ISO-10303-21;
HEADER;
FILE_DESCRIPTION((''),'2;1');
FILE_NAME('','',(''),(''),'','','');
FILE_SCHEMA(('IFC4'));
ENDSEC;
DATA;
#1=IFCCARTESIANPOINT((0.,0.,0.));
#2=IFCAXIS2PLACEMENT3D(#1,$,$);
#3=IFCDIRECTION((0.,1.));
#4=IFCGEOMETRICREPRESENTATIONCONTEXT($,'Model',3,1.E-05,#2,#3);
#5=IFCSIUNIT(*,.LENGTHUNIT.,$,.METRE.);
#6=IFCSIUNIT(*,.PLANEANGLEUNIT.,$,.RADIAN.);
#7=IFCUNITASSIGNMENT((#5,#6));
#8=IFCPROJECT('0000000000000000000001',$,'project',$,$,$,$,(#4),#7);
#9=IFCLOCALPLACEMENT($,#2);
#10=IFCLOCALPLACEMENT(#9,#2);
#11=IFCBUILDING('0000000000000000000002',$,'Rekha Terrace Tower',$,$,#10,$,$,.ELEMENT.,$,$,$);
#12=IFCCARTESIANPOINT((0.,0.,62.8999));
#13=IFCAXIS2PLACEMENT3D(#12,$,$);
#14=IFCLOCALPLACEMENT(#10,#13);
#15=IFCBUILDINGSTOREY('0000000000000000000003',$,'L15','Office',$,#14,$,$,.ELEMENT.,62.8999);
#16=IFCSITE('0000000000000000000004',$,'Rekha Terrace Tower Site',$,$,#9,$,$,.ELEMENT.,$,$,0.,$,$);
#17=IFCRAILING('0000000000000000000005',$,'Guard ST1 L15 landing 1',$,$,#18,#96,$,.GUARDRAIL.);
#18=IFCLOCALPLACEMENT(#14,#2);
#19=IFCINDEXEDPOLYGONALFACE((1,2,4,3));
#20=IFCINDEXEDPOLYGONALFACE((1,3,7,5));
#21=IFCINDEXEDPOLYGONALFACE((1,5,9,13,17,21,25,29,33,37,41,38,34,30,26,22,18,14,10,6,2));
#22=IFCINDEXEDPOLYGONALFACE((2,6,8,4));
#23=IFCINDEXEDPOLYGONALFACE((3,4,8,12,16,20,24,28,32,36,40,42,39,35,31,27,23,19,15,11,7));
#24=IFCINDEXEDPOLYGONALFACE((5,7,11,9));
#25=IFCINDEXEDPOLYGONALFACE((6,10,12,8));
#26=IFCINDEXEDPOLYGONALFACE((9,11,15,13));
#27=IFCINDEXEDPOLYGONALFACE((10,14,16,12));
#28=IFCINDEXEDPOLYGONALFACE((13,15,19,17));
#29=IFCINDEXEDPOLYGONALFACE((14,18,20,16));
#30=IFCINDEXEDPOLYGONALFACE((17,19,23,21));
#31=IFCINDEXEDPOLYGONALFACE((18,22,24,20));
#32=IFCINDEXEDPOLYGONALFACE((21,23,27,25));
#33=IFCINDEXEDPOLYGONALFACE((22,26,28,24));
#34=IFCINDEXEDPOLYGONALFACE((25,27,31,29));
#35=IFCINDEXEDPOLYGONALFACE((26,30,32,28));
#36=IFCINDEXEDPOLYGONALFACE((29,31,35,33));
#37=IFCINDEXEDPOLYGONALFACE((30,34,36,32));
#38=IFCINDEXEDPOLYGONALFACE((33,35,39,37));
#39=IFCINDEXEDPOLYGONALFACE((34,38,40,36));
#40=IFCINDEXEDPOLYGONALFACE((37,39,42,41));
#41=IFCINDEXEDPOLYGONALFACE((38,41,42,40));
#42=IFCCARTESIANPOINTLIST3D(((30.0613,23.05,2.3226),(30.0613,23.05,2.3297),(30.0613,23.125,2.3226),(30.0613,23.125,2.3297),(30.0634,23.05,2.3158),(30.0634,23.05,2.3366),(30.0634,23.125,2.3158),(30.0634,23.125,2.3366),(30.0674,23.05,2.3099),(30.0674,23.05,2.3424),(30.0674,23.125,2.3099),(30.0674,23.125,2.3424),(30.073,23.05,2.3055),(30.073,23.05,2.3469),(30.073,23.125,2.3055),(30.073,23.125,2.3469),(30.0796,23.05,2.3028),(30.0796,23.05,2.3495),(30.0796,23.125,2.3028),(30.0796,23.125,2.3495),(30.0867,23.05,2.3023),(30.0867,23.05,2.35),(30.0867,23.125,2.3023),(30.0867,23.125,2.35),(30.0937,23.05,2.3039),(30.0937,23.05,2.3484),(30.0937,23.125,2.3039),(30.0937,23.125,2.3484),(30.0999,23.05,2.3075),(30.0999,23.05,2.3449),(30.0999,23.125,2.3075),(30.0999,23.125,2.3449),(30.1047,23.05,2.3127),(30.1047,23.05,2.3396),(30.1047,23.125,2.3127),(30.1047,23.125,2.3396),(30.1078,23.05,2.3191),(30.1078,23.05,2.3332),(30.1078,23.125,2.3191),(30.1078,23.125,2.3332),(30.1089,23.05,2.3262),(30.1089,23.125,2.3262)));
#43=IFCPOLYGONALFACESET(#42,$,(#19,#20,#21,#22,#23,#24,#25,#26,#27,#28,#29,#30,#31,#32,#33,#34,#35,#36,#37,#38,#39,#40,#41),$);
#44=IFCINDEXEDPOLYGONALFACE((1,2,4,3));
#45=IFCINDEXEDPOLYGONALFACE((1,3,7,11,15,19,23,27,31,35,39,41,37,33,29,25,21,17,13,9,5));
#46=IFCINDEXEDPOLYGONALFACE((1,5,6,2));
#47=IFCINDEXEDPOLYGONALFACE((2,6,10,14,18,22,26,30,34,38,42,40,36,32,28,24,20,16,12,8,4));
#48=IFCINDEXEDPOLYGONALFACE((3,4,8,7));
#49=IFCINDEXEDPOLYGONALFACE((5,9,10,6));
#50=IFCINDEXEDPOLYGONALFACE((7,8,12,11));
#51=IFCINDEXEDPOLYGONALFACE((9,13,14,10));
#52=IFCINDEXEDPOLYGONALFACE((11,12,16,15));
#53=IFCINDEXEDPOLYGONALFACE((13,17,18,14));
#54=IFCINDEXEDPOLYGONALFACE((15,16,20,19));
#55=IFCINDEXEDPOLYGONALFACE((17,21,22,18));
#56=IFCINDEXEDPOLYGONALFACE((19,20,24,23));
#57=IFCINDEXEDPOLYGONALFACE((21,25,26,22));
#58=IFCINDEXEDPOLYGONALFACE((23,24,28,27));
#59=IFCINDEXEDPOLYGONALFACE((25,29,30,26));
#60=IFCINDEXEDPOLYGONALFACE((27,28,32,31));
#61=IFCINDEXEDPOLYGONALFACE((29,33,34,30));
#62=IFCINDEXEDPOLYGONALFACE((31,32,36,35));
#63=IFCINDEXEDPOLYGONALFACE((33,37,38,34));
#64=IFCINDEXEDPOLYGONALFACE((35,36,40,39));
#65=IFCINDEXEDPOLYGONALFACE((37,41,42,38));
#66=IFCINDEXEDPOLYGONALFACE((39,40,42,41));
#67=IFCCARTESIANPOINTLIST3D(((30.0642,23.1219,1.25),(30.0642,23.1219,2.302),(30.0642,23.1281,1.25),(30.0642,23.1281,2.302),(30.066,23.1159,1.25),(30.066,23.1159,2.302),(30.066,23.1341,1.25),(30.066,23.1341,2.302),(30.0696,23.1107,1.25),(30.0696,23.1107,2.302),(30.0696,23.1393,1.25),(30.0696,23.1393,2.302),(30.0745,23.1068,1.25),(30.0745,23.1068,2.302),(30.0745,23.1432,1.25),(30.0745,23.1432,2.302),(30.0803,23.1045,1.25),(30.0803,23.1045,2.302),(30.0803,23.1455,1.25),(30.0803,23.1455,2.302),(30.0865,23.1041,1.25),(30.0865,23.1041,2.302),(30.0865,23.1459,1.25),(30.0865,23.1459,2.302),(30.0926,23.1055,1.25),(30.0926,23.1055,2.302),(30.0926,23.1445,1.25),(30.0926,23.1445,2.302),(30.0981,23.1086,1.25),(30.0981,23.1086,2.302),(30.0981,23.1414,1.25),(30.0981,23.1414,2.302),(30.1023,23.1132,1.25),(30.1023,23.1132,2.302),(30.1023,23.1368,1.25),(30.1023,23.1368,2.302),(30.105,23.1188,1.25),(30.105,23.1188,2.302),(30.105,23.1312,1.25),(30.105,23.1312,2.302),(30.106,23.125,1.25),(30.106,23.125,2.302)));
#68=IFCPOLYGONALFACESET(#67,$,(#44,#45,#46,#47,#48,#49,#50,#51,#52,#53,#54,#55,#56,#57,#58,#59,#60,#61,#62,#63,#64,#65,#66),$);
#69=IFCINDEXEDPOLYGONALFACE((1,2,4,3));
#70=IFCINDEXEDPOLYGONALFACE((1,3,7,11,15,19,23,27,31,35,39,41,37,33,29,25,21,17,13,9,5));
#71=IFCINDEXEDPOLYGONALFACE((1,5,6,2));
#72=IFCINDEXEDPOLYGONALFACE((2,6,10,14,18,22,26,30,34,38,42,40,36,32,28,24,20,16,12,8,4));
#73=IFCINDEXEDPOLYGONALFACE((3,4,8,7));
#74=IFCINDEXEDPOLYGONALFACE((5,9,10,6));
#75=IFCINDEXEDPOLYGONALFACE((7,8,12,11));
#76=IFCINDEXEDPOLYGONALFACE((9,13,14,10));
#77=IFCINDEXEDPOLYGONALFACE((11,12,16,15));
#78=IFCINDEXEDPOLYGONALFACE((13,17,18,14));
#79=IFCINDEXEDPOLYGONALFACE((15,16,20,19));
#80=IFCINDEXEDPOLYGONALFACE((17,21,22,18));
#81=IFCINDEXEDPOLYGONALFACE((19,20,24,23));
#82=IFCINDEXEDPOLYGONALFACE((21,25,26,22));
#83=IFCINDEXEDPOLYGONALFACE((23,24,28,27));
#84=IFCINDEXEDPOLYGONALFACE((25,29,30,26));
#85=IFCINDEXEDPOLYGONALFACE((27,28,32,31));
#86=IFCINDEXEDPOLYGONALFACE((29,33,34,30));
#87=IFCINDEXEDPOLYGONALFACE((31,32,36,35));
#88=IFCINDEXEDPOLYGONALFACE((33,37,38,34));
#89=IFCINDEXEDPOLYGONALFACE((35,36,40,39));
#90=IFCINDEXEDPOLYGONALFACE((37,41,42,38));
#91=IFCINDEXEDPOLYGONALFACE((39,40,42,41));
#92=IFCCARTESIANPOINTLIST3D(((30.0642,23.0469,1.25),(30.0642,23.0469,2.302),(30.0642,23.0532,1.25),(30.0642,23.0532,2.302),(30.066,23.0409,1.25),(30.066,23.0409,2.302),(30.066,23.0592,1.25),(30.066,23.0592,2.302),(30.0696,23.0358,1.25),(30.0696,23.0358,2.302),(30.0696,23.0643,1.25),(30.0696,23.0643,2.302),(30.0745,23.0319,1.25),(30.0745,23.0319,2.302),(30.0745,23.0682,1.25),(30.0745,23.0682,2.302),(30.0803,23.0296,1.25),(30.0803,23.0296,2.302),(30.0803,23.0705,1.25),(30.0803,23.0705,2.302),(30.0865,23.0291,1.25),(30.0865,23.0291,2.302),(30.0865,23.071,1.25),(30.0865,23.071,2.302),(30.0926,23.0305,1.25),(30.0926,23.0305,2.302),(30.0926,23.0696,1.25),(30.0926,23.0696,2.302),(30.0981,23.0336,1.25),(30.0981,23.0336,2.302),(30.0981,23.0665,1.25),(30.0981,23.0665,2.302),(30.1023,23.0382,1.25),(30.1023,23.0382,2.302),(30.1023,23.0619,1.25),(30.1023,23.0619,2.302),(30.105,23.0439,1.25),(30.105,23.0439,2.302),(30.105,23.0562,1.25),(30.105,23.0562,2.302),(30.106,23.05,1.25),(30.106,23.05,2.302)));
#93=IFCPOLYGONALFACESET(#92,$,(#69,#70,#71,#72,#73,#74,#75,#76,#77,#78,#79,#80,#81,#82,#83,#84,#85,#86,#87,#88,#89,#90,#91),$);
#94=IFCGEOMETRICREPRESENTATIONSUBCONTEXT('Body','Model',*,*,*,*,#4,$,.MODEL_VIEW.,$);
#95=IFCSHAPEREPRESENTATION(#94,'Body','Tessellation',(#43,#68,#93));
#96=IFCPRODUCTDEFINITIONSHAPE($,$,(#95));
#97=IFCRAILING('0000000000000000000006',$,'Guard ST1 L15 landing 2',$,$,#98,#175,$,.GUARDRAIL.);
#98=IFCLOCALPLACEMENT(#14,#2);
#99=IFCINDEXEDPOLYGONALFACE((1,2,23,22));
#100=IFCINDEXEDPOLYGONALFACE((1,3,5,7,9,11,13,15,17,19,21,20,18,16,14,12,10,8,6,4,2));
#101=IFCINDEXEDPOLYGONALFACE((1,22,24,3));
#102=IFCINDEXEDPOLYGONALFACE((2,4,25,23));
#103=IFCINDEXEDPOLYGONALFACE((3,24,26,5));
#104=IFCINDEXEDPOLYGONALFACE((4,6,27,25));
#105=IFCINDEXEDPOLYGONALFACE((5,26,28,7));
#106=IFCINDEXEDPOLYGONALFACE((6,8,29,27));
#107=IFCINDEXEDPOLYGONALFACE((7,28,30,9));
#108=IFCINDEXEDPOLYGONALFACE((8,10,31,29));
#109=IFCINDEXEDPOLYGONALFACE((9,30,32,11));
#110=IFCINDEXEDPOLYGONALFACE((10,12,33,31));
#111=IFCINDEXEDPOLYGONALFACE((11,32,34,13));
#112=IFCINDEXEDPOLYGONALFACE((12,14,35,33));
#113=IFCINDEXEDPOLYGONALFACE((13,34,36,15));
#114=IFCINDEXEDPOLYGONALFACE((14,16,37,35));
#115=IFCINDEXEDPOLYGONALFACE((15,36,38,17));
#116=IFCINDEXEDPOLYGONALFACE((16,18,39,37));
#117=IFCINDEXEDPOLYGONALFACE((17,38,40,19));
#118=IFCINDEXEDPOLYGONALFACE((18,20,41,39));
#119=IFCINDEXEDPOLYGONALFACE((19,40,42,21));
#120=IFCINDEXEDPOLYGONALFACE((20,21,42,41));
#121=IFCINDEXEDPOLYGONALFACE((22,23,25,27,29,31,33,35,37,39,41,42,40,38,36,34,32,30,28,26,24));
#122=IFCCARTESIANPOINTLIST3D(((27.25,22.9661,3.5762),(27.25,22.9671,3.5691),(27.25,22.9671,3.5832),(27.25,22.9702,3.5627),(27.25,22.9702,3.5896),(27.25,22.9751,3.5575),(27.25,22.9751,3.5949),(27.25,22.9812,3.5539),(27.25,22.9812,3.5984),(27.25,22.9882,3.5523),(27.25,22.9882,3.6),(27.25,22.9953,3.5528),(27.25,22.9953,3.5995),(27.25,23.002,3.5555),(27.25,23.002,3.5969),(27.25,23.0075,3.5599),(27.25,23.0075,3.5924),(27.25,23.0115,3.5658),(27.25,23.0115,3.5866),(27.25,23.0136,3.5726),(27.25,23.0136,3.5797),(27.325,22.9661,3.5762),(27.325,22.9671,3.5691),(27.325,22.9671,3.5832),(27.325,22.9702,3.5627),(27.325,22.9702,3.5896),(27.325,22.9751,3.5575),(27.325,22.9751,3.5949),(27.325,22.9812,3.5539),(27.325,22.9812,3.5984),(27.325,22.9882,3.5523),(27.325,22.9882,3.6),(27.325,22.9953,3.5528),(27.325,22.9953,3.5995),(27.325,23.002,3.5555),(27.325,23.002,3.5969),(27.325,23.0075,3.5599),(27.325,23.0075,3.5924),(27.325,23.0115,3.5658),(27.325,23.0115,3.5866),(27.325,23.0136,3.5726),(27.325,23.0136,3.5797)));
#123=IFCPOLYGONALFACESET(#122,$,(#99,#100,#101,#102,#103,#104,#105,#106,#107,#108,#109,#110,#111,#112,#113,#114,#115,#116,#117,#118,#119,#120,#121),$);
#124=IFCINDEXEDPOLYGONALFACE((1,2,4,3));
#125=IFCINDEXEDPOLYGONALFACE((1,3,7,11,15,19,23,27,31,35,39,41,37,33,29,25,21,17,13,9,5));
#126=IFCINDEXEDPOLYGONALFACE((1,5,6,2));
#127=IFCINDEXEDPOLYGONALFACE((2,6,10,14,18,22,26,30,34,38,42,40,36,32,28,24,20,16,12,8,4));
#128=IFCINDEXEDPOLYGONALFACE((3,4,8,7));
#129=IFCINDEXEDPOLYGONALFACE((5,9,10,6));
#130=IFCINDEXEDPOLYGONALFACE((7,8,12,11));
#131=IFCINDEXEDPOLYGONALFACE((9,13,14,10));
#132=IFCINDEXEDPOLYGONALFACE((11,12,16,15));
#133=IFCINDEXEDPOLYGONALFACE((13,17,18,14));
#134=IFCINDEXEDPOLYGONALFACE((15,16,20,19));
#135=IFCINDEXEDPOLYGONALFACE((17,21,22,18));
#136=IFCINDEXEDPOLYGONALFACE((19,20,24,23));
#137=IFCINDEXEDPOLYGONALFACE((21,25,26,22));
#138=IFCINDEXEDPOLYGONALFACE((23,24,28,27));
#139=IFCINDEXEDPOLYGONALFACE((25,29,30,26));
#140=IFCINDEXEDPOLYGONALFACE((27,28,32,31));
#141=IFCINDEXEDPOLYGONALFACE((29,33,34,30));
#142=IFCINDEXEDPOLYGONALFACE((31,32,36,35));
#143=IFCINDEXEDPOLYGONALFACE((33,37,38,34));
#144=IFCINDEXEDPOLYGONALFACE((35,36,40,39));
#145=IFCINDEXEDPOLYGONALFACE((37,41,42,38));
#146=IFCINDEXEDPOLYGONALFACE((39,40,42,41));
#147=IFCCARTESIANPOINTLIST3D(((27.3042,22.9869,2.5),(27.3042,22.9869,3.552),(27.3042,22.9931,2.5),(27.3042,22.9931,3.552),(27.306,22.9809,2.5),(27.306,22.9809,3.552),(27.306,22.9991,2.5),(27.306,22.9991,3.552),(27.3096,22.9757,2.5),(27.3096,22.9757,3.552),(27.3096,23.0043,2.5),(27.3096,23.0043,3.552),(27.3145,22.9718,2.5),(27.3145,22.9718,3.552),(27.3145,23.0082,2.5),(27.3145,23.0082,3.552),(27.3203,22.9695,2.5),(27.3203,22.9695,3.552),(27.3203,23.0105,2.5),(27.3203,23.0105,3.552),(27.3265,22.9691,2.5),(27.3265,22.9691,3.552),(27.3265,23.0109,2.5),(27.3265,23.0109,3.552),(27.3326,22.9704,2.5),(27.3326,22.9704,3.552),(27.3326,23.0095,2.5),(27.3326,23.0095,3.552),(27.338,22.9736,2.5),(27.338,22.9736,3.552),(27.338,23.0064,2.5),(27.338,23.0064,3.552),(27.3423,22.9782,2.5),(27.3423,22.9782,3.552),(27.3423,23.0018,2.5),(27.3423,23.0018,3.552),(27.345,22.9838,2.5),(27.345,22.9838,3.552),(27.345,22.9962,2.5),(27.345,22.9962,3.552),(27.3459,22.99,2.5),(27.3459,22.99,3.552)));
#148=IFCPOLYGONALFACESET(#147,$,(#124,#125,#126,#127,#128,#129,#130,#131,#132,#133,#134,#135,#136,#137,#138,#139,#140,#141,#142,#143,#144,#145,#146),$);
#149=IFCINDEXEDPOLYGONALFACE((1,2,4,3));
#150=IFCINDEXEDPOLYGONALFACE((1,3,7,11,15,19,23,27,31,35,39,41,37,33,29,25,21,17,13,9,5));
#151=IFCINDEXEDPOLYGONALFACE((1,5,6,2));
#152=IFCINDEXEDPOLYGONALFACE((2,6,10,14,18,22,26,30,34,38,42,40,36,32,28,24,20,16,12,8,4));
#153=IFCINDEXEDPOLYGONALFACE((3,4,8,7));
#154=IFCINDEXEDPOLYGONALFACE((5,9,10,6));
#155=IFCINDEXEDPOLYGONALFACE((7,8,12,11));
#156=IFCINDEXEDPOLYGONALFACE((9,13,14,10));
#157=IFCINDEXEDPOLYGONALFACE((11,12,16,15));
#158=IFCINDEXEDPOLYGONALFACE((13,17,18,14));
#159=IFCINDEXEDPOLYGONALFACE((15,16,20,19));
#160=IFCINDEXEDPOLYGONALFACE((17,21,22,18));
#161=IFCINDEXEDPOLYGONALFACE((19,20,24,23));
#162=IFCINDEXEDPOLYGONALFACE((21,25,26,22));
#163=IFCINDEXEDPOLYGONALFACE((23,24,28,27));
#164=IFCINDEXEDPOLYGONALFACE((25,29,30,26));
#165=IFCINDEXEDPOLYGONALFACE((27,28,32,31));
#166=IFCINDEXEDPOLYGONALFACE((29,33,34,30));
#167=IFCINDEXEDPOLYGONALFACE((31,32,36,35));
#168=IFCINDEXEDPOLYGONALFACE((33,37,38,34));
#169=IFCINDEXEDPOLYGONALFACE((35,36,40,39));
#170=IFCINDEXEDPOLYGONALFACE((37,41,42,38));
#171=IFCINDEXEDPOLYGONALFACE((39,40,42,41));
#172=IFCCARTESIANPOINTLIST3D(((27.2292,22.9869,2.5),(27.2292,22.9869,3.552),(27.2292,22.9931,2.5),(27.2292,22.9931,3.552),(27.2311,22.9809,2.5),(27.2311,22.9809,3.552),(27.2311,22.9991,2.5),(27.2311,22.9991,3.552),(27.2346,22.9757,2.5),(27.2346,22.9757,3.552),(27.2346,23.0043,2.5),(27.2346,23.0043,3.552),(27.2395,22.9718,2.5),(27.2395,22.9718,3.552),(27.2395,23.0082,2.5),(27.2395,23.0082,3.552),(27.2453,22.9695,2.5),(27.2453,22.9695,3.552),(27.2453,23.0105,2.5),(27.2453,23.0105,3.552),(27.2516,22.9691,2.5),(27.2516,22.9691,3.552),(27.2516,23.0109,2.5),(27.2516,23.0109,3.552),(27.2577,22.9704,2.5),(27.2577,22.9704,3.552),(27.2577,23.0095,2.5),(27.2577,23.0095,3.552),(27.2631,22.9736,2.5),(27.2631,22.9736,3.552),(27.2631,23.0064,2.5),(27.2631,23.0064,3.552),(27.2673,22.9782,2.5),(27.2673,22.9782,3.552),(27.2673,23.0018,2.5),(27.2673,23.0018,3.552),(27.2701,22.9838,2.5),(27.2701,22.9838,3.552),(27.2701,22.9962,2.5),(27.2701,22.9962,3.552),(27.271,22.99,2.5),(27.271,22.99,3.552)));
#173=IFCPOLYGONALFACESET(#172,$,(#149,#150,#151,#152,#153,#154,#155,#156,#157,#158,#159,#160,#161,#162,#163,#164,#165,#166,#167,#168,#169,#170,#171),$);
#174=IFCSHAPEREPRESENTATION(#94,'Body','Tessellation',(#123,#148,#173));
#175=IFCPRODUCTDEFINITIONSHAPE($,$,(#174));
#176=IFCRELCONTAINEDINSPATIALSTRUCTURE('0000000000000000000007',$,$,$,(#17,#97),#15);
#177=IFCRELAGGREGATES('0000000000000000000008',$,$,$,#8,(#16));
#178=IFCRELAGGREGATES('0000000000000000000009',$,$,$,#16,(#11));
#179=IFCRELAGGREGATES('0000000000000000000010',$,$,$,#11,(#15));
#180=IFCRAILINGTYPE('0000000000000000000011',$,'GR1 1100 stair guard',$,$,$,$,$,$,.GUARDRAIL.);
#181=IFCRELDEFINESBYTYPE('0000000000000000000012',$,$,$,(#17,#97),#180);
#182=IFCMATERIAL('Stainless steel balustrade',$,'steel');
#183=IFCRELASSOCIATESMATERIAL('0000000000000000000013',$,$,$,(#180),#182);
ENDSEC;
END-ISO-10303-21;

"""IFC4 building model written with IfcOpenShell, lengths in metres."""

from ifc_helpers import new_model, si_unit, direction, frame, origin, origin_2d, place, context, subcontext, project, spatial, circle, extrude, material, type_object, element, save


model = new_model("IFC4")

# Units and contexts
model_context = context("Model", 3, precision=1e-05, world=origin(), true_north=direction((0.0, 1.0)))
body_context = subcontext(model_context, "Body", "Model", "MODEL_VIEW")
ifc_project = project(units=[si_unit("LENGTHUNIT", "METRE"), si_unit("PLANEANGLEUNIT", "RADIAN")], contexts=[model_context])

# Site, building, storey
site_placement = place(None, origin())
site = spatial("IfcSite", under=ifc_project, at=site_placement, Name="Rekha Terrace Tower Site", CompositionType="ELEMENT", RefElevation=0.0)
building_placement = place(site_placement, origin())
building = spatial("IfcBuilding", under=site, at=building_placement, Name="Rekha Terrace Tower", CompositionType="ELEMENT")
storey_placement = place(building_placement, frame((0.0, 0.0, 62.8999)))
storey = spatial("IfcBuildingStorey", under=building, at=storey_placement, Name="L15", Description="Office", CompositionType="ELEMENT", Elevation=62.8999)

# Railings
ifc_material_1 = material(Name="Stainless steel balustrade", Category="steel")
railing_type_1 = type_object("IfcRailingType", Name="GR1 1100 stair guard", PredefinedType="GUARDRAIL", material=ifc_material_1)
railing_1_placement = place(storey_placement, frame((30.085, 23.125, 1.25)))
element("IfcRailing", 1, at=railing_1_placement, inside=storey, type_object=railing_type_1, Name="Guard ST1 L15 landing 1", PredefinedType="GUARDRAIL", context=body_context, shape_type="SweptSolid", body=[
    extrude(circle(Radius=0.0239, at=origin_2d()), frame((0.0, 0.0, 1.0762), z_axis=(0.0, -1.0, 0.0), x_axis=(1.0, 0.0, 0.0)), (0.0, 0.0, 1.0), 0.075),
    extrude(circle(Radius=0.021, at=origin_2d()), origin(), (0.0, 0.0, 1.0), 1.052),
    extrude(circle(Radius=0.021, at=origin_2d()), frame((0.0, -0.075, 0.0)), (0.0, 0.0, 1.0), 1.052),
])
railing_2_placement = place(storey_placement, frame((27.325, 22.99, 2.5)))
element("IfcRailing", 2, at=railing_2_placement, inside=storey, type_object=railing_type_1, Name="Guard ST1 L15 landing 2", PredefinedType="GUARDRAIL", context=body_context, shape_type="SweptSolid", body=[
    extrude(circle(Radius=0.0239, at=origin_2d()), frame((0.0, 0.0, 1.0762), z_axis=(-1.0, 0.0, 0.0), x_axis=(0.0, -1.0, 0.0)), (0.0, 0.0, 1.0), 0.075),
    extrude(circle(Radius=0.021, at=origin_2d()), origin(), (0.0, 0.0, 1.0), 1.052),
    extrude(circle(Radius=0.021, at=origin_2d()), frame((-0.075, 0.0, 0.0)), (0.0, 0.0, 1.0), 1.052),
])

save(model, "model.ifc")
